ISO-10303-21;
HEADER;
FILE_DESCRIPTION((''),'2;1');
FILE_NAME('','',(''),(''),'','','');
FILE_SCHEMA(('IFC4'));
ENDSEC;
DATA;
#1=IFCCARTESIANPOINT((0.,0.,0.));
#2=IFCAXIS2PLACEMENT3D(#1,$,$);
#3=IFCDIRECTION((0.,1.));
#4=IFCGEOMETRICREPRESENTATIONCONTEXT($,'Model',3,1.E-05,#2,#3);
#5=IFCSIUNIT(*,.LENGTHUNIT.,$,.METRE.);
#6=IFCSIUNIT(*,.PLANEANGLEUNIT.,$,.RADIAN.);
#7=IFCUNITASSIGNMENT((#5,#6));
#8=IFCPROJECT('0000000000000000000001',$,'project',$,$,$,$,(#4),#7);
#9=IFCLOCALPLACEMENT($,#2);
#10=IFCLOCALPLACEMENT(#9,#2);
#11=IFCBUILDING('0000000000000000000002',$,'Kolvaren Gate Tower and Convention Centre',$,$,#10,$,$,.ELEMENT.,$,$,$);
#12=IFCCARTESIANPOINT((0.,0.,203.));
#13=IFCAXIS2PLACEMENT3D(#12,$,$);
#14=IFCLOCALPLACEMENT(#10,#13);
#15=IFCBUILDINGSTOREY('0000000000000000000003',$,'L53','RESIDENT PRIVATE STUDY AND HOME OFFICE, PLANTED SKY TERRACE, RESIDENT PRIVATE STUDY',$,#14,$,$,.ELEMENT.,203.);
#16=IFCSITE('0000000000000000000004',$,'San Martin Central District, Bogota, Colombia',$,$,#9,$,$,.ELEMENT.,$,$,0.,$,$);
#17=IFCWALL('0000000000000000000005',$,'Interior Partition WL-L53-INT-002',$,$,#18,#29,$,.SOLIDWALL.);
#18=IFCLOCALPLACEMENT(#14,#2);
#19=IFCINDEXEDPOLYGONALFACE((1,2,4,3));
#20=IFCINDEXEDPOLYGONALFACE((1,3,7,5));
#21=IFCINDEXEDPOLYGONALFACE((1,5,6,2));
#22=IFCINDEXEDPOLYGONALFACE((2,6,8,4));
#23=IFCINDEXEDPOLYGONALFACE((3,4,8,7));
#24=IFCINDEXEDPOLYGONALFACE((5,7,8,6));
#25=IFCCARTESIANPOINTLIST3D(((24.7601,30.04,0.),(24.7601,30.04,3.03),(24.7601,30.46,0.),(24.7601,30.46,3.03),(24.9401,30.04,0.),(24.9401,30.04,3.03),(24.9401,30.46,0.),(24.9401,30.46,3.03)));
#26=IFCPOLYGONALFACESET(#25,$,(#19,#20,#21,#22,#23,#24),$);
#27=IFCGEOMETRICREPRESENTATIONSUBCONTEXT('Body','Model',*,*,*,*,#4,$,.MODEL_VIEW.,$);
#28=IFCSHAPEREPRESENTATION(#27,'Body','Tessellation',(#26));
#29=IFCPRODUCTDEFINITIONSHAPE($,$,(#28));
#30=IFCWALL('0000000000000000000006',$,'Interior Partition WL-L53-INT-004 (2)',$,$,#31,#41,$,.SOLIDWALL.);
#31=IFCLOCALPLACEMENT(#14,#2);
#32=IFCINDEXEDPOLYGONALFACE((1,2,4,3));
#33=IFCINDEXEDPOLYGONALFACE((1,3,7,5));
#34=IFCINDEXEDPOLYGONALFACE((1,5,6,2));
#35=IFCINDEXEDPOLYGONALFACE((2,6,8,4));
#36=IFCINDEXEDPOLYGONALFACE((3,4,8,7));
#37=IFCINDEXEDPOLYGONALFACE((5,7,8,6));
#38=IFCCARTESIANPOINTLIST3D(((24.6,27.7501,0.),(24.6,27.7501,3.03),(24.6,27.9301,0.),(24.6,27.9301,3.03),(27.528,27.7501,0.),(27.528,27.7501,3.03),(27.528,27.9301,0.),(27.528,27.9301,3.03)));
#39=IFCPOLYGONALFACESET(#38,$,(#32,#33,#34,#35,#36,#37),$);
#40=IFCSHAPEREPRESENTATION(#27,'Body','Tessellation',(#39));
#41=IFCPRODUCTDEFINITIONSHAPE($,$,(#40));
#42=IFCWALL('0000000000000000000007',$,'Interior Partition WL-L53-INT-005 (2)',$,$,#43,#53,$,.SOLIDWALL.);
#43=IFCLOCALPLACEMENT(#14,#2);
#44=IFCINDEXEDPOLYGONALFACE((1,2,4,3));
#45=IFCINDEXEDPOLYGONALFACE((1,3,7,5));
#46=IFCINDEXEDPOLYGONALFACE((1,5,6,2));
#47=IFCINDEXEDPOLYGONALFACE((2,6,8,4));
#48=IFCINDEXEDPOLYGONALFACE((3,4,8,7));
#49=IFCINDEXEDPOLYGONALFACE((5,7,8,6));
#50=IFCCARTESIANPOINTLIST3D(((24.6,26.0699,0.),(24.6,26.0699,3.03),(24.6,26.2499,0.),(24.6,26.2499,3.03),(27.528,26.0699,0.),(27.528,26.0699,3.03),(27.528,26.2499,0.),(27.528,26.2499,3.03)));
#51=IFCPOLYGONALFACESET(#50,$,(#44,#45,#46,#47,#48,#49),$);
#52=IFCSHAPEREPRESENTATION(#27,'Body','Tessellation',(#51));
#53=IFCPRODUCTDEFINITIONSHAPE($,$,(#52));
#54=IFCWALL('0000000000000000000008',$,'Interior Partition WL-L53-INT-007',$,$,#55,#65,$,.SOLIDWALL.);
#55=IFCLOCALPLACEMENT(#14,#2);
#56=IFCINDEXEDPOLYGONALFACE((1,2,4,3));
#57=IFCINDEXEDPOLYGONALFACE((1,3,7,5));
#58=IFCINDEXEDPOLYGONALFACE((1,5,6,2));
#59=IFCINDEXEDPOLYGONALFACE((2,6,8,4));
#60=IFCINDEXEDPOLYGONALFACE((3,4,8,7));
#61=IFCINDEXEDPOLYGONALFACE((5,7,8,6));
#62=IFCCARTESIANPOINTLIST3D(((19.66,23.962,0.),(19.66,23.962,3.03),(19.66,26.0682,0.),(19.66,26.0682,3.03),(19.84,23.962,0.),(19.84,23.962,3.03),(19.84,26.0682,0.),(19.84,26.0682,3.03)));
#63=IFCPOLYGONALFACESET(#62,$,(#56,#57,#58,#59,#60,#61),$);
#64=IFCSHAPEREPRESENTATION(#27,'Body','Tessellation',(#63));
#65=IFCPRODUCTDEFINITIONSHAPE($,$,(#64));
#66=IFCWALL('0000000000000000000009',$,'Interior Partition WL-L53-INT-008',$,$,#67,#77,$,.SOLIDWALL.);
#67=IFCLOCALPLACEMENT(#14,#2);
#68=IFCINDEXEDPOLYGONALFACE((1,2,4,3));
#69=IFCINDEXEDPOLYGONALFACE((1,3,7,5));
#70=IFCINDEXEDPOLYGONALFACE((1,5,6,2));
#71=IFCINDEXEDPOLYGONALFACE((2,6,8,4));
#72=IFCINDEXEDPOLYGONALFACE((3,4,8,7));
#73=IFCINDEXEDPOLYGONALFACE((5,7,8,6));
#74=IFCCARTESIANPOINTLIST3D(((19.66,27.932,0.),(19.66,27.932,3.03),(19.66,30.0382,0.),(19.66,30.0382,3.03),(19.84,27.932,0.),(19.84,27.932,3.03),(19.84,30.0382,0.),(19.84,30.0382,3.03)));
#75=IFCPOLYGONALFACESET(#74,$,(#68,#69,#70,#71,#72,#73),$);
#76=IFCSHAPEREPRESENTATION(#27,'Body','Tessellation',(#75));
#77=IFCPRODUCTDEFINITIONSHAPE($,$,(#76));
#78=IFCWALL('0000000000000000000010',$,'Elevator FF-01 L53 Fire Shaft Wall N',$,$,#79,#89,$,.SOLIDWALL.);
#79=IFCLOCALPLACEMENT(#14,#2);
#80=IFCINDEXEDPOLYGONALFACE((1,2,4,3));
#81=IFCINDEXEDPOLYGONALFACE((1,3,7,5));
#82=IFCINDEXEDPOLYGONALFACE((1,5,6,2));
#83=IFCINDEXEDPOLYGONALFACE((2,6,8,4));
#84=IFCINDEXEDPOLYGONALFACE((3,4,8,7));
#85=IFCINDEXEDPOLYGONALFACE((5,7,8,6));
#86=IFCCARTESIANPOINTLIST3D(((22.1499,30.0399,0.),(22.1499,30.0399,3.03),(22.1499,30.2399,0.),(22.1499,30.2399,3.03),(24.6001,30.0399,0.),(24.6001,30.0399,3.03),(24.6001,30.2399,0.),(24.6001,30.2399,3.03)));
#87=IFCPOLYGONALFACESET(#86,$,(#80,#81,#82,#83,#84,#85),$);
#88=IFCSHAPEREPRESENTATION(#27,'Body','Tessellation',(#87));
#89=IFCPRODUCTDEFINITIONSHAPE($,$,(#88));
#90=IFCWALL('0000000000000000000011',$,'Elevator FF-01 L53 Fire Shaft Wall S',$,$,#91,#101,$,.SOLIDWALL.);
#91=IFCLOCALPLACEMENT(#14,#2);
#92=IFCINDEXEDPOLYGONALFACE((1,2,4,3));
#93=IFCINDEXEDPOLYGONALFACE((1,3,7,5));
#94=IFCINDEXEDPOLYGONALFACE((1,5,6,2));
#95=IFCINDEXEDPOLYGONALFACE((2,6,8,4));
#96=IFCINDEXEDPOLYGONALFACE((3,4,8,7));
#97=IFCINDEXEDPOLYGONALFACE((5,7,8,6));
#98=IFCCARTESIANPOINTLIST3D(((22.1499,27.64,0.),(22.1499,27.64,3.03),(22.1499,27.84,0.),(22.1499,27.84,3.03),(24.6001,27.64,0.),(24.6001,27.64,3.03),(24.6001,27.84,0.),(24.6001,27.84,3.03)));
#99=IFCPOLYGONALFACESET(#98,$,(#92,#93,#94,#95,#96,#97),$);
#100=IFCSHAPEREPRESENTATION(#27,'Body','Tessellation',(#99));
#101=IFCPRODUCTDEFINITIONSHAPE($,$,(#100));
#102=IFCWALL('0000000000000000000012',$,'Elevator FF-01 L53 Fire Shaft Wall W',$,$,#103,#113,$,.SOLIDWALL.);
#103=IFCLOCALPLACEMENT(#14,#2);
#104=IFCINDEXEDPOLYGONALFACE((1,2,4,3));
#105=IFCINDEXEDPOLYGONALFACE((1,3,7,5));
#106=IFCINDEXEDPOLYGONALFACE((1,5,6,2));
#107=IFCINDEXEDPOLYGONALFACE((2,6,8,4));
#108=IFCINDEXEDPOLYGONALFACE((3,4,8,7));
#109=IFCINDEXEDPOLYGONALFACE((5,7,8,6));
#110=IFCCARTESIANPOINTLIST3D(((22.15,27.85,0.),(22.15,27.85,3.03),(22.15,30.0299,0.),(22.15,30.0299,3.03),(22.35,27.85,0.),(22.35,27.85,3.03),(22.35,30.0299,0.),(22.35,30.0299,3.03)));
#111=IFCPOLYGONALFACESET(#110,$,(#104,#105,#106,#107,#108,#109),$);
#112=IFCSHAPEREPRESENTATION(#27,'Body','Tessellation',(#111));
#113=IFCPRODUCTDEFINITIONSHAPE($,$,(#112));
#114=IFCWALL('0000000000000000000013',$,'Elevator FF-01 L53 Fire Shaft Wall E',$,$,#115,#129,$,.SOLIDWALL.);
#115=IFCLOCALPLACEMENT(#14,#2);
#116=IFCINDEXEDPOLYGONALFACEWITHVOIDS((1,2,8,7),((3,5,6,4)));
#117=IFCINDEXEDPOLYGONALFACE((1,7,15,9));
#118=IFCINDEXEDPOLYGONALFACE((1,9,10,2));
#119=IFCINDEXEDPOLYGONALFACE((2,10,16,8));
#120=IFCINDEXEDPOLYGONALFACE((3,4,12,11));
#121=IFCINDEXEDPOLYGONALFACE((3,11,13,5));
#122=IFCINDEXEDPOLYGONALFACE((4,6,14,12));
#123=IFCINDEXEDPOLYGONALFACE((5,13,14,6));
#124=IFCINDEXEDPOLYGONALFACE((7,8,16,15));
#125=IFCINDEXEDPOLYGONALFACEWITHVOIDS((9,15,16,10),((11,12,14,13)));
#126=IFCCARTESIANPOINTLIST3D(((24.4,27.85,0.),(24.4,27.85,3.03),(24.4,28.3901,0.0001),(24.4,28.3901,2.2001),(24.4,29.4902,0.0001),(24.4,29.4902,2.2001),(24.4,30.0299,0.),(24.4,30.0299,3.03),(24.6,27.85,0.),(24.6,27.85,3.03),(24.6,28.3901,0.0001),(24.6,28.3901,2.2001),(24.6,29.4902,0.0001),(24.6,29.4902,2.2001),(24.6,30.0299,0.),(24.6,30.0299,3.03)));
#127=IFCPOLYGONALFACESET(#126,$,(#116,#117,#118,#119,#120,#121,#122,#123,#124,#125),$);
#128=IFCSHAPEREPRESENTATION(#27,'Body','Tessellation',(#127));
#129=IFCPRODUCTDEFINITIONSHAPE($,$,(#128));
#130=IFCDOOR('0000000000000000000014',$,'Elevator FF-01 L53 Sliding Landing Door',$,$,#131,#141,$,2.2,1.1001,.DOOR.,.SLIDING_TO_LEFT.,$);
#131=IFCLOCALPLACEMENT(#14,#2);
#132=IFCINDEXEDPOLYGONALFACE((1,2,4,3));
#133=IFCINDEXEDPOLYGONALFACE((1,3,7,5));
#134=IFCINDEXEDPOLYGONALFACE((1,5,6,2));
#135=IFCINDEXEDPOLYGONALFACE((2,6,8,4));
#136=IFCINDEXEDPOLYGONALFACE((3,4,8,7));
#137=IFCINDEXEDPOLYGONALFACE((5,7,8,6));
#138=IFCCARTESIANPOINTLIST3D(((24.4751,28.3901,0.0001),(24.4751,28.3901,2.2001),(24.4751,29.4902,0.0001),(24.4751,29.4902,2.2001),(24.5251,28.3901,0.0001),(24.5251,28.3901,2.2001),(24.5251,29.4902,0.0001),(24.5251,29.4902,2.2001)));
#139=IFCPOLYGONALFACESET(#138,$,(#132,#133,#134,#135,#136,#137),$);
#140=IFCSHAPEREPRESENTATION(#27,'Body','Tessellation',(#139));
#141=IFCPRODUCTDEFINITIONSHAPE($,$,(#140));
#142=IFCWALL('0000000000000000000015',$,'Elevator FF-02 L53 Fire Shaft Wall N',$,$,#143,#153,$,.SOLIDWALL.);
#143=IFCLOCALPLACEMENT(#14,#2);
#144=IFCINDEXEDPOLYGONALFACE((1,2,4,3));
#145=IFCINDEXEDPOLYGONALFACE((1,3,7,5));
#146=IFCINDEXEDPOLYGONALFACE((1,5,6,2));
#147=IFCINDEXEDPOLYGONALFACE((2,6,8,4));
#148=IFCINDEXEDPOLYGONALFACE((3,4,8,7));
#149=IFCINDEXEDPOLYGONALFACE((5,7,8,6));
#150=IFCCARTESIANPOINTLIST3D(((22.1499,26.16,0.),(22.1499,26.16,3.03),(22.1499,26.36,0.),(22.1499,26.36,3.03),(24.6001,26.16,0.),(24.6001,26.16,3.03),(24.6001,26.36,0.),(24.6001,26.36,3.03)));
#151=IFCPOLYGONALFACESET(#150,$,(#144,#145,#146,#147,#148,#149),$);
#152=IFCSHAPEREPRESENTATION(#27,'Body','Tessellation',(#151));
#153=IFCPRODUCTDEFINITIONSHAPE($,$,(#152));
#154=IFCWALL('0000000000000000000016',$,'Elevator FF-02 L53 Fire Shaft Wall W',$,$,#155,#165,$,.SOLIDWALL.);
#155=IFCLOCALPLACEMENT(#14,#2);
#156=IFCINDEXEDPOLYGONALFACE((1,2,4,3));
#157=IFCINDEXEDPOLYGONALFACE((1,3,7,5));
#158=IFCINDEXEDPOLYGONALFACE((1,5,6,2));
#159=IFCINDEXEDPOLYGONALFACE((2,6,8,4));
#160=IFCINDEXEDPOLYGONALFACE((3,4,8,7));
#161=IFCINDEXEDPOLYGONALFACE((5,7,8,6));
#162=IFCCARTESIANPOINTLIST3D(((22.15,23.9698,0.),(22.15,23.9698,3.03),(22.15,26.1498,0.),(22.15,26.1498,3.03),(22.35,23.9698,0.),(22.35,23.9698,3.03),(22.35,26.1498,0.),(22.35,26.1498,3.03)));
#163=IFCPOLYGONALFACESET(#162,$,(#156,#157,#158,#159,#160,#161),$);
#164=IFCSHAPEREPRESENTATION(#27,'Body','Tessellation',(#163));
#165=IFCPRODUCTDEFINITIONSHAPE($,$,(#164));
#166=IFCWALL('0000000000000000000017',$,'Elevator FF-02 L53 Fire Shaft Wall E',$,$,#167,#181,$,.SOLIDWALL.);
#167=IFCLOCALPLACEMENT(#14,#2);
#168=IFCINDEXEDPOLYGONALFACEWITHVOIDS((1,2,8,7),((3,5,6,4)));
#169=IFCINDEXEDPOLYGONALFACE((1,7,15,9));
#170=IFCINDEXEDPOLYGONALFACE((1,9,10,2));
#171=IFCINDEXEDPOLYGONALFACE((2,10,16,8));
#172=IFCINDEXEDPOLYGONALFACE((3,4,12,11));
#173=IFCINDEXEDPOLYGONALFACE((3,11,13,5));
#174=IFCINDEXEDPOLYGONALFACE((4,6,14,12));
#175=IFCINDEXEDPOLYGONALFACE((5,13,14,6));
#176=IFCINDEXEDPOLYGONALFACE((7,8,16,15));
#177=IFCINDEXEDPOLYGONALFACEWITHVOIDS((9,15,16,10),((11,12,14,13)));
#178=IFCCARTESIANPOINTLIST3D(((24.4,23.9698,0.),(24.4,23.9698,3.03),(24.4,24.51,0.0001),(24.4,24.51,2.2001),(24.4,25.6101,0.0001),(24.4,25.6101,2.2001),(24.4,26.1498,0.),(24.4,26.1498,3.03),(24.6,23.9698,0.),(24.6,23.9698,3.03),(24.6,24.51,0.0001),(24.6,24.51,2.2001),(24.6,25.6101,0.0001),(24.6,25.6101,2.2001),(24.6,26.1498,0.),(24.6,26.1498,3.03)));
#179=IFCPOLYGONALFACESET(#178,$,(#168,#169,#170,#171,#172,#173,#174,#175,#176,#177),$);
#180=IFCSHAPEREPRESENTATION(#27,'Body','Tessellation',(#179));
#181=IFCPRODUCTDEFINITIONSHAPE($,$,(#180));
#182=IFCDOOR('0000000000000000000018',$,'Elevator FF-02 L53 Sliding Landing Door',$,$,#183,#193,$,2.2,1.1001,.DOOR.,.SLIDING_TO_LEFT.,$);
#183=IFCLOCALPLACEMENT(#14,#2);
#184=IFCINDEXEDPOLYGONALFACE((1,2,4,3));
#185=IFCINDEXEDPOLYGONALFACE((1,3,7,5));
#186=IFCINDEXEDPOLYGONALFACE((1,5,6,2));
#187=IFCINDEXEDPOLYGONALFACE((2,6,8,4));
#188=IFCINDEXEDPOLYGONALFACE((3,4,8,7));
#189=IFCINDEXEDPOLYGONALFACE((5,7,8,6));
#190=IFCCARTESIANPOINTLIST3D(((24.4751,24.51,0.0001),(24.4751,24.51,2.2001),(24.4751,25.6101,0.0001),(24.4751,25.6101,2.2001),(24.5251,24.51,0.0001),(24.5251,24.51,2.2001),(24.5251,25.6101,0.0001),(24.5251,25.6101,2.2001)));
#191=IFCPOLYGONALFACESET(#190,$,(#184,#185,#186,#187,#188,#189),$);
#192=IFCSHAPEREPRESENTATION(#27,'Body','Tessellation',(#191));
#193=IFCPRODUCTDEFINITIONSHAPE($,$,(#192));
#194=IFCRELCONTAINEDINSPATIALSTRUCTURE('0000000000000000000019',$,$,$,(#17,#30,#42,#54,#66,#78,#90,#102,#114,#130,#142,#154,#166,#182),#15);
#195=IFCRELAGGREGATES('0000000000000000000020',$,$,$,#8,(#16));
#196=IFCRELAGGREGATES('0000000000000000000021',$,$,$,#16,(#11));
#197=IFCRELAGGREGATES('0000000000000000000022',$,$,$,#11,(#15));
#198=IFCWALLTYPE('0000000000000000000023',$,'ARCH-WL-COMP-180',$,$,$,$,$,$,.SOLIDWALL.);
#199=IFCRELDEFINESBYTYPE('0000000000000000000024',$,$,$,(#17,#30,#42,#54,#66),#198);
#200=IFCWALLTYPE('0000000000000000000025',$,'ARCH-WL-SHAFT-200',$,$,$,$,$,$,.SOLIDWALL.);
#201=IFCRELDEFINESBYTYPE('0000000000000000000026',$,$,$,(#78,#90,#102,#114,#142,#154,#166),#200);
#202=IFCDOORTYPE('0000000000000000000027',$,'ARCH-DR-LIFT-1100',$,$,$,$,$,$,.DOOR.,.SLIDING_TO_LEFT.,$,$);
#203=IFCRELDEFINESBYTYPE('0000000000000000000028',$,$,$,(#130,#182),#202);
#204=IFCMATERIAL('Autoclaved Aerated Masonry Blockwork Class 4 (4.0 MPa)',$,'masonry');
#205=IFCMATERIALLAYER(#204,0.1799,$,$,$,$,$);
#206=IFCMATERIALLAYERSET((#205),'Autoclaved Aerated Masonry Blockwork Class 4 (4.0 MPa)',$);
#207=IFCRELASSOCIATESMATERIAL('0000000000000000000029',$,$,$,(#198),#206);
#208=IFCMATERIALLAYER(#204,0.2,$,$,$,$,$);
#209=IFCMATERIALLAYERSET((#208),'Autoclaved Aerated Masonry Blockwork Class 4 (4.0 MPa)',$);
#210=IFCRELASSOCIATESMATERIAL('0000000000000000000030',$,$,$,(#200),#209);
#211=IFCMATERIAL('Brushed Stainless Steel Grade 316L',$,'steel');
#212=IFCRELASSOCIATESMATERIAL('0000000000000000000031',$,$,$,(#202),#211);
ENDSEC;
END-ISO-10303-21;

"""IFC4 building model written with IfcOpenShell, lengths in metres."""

from ifc_helpers import new_model, si_unit, direction, frame, frame_2d, origin, place, context, subcontext, project, spatial, rectangle, extrude, material, layer, layer_set, type_object, element, fill, save


model = new_model("IFC4")

# Units and contexts
model_context = context("Model", 3, precision=1e-05, world=origin(), true_north=direction((0.0, 1.0)))
body_context = subcontext(model_context, "Body", "Model", "MODEL_VIEW")
ifc_project = project(units=[si_unit("LENGTHUNIT", "METRE"), si_unit("PLANEANGLEUNIT", "RADIAN")], contexts=[model_context])

# Site, building, storey
site_placement = place(None, origin())
site = spatial("IfcSite", under=ifc_project, at=site_placement, Name="San Martin Central District, Bogota, Colombia", CompositionType="ELEMENT", RefElevation=0.0)
building_placement = place(site_placement, origin())
building = spatial("IfcBuilding", under=site, at=building_placement, Name="Kolvaren Gate Tower and Convention Centre", CompositionType="ELEMENT")
storey_placement = place(building_placement, frame((0.0, 0.0, 203.0)))
storey = spatial("IfcBuildingStorey", under=building, at=storey_placement, Name="L53", Description="RESIDENT PRIVATE STUDY AND HOME OFFICE, PLANTED SKY TERRACE, RESIDENT PRIVATE STUDY", CompositionType="ELEMENT", Elevation=203.0)

# Walls
ifc_material_1 = material(Name="Autoclaved Aerated Masonry Blockwork Class 4 (4.0 MPa)", Category="masonry")
ifc_layer_1 = layer(ifc_material_1, 0.1799)
ifc_layer_set_1 = layer_set([ifc_layer_1], Name="Autoclaved Aerated Masonry Blockwork Class 4 (4.0 MPa)")
wall_type_1 = type_object("IfcWallType", Name="ARCH-WL-COMP-180", PredefinedType="SOLIDWALL", material=ifc_layer_set_1)
wall_1_placement = place(storey_placement, frame((24.8501, 30.04, 0.0), z_axis=(0.0, 0.0, 1.0), x_axis=(0.0, 1.0, 0.0)))
element("IfcWall", 1, at=wall_1_placement, inside=storey, type_object=wall_type_1, Name="Interior Partition WL-L53-INT-002", PredefinedType="SOLIDWALL", context=body_context, shape_type="SweptSolid", body=[
    extrude(rectangle(XDim=0.4199, YDim=0.1799, at=frame_2d((0.21, 0.0))), origin(), (0.0, 0.0, 1.0), 3.03),
])
for number, where, z_axis, x_axis, name in (
    (2, (24.6001, 27.8401, 0.0), (0.0, 0.0, 1.0), (1.0, 0.0, 0.0), "Interior Partition WL-L53-INT-004 (2)"),
    (3, (24.6001, 26.1599, 0.0), (0.0, 0.0, 1.0), (1.0, 0.0, 0.0), "Interior Partition WL-L53-INT-005 (2)"),
):
    element("IfcWall", number, at=place(storey_placement, frame(where, z_axis=z_axis, x_axis=x_axis)), inside=storey, type_object=wall_type_1, Name=name, PredefinedType="SOLIDWALL", context=body_context, shape_type="SweptSolid", body=[
        extrude(rectangle(XDim=2.928, YDim=0.1799, at=frame_2d((1.4639, 0.0))), origin(), (0.0, 0.0, 1.0), 3.03),
    ])
for number, where, z_axis, x_axis, name in (
    (4, (19.75, 23.9619, 0.0), (0.0, 0.0, 1.0), (0.0, 1.0, 0.0), "Interior Partition WL-L53-INT-007"),
    (5, (19.75, 27.9319, 0.0), (0.0, 0.0, 1.0), (0.0, 1.0, 0.0), "Interior Partition WL-L53-INT-008"),
):
    element("IfcWall", number, at=place(storey_placement, frame(where, z_axis=z_axis, x_axis=x_axis)), inside=storey, type_object=wall_type_1, Name=name, PredefinedType="SOLIDWALL", context=body_context, shape_type="SweptSolid", body=[
        extrude(rectangle(XDim=2.1062, YDim=0.1799, at=frame_2d((1.0532, 0.0))), origin(), (0.0, 0.0, 1.0), 3.03),
    ])
ifc_layer_2 = layer(ifc_material_1, 0.2)
ifc_layer_set_2 = layer_set([ifc_layer_2], Name="Autoclaved Aerated Masonry Blockwork Class 4 (4.0 MPa)")
wall_type_2 = type_object("IfcWallType", Name="ARCH-WL-SHAFT-200", PredefinedType="SOLIDWALL", material=ifc_layer_set_2)
for number, where, z_axis, x_axis, name in (
    (6, (22.1499, 30.1399, 0.0), (0.0, 0.0, 1.0), (1.0, 0.0, 0.0), "Elevator FF-01 L53 Fire Shaft Wall N"),
    (7, (22.1499, 27.74, 0.0), (0.0, 0.0, 1.0), (1.0, 0.0, 0.0), "Elevator FF-01 L53 Fire Shaft Wall S"),
):
    element("IfcWall", number, at=place(storey_placement, frame(where, z_axis=z_axis, x_axis=x_axis)), inside=storey, type_object=wall_type_2, Name=name, PredefinedType="SOLIDWALL", context=body_context, shape_type="SweptSolid", body=[
        extrude(rectangle(XDim=2.4502, YDim=0.2, at=frame_2d((1.2251, 0.0))), origin(), (0.0, 0.0, 1.0), 3.03),
    ])
wall_2_placement = place(storey_placement, frame((22.25, 27.8501, 0.0), z_axis=(0.0, 0.0, 1.0), x_axis=(0.0, 1.0, 0.0)))
element("IfcWall", 8, at=wall_2_placement, inside=storey, type_object=wall_type_2, Name="Elevator FF-01 L53 Fire Shaft Wall W", PredefinedType="SOLIDWALL", context=body_context, shape_type="SweptSolid", body=[
    extrude(rectangle(XDim=2.1799, YDim=0.2, at=frame_2d((1.0898, 0.0))), origin(), (0.0, 0.0, 1.0), 3.03),
])

# Wall, opening, door
wall_3_placement = place(storey_placement, frame((24.5, 27.8501, 0.0), z_axis=(0.0, 0.0, 1.0), x_axis=(0.0, 1.0, 0.0)))
wall_3 = element("IfcWall", 9, at=wall_3_placement, inside=storey, type_object=wall_type_2, Name="Elevator FF-01 L53 Fire Shaft Wall E", PredefinedType="SOLIDWALL", context=body_context, shape_type="SweptSolid", body=[
    extrude(rectangle(XDim=2.1799, YDim=0.2, at=frame_2d((1.0898, 0.0))), origin(), (0.0, 0.0, 1.0), 3.03),
])
opening_1_placement = place(wall_3_placement, frame((0.54, 0.0, 0.0)))
opening_1 = element("IfcOpeningElement", 10, at=opening_1_placement, cuts=wall_3, PredefinedType="OPENING", context=body_context, shape_type="SweptSolid", body=[
    extrude(rectangle(XDim=1.1001, YDim=2.2, at=frame_2d((0.55, 1.1001))), frame((0.0, 0.1099, 0.0), z_axis=(0.0, -1.0, 0.0), x_axis=(1.0, 0.0, 0.0)), (0.0, 0.0, 1.0), 0.22),
])
ifc_material_2 = material(Name="Brushed Stainless Steel Grade 316L", Category="steel")
door_type_1 = type_object("IfcDoorType", Name="ARCH-DR-LIFT-1100", OperationType="SLIDING_TO_LEFT", PredefinedType="DOOR", material=ifc_material_2)
door_1_placement = place(opening_1_placement, origin())
door_1 = element("IfcDoor", 11, at=door_1_placement, inside=storey, type_object=door_type_1, Name="Elevator FF-01 L53 Sliding Landing Door", OperationType="SLIDING_TO_LEFT", OverallHeight=2.2, OverallWidth=1.1001, PredefinedType="DOOR", context=body_context, shape_type="SweptSolid", body=[
    extrude(rectangle(XDim=1.1001, YDim=2.2, at=frame_2d((0.55, 1.1001))), frame((0.0, 0.0249, 0.0), z_axis=(0.0, -1.0, 0.0), x_axis=(1.0, 0.0, 0.0)), (0.0, 0.0, 1.0), 0.05),
])
fill(opening_1, door_1)

# Walls
wall_4_placement = place(storey_placement, frame((22.1499, 26.26, 0.0), z_axis=(0.0, 0.0, 1.0), x_axis=(1.0, 0.0, 0.0)))
element("IfcWall", 12, at=wall_4_placement, inside=storey, type_object=wall_type_2, Name="Elevator FF-02 L53 Fire Shaft Wall N", PredefinedType="SOLIDWALL", context=body_context, shape_type="SweptSolid", body=[
    extrude(rectangle(XDim=2.4502, YDim=0.2, at=frame_2d((1.2251, 0.0))), origin(), (0.0, 0.0, 1.0), 3.03),
])
wall_5_placement = place(storey_placement, frame((22.25, 23.97, 0.0), z_axis=(0.0, 0.0, 1.0), x_axis=(0.0, 1.0, 0.0)))
element("IfcWall", 13, at=wall_5_placement, inside=storey, type_object=wall_type_2, Name="Elevator FF-02 L53 Fire Shaft Wall W", PredefinedType="SOLIDWALL", context=body_context, shape_type="SweptSolid", body=[
    extrude(rectangle(XDim=2.1799, YDim=0.2, at=frame_2d((1.0898, 0.0))), origin(), (0.0, 0.0, 1.0), 3.03),
])

# Wall, opening, door
wall_6_placement = place(storey_placement, frame((24.5, 23.97, 0.0), z_axis=(0.0, 0.0, 1.0), x_axis=(0.0, 1.0, 0.0)))
wall_6 = element("IfcWall", 14, at=wall_6_placement, inside=storey, type_object=wall_type_2, Name="Elevator FF-02 L53 Fire Shaft Wall E", PredefinedType="SOLIDWALL", context=body_context, shape_type="SweptSolid", body=[
    extrude(rectangle(XDim=2.1799, YDim=0.2, at=frame_2d((1.0898, 0.0))), origin(), (0.0, 0.0, 1.0), 3.03),
])
opening_2_placement = place(wall_6_placement, frame((0.54, 0.0, 0.0)))
opening_2 = element("IfcOpeningElement", 15, at=opening_2_placement, cuts=wall_6, PredefinedType="OPENING", context=body_context, shape_type="SweptSolid", body=[
    extrude(rectangle(XDim=1.1001, YDim=2.2, at=frame_2d((0.55, 1.1001))), frame((0.0, 0.1099, 0.0), z_axis=(0.0, -1.0, 0.0), x_axis=(1.0, 0.0, 0.0)), (0.0, 0.0, 1.0), 0.22),
])
door_2_placement = place(opening_2_placement, origin())
door_2 = element("IfcDoor", 16, at=door_2_placement, inside=storey, type_object=door_type_1, Name="Elevator FF-02 L53 Sliding Landing Door", OperationType="SLIDING_TO_LEFT", OverallHeight=2.2, OverallWidth=1.1001, PredefinedType="DOOR", context=body_context, shape_type="SweptSolid", body=[
    extrude(rectangle(XDim=1.1001, YDim=2.2, at=frame_2d((0.55, 1.1001))), frame((0.0, 0.0249, 0.0), z_axis=(0.0, -1.0, 0.0), x_axis=(1.0, 0.0, 0.0)), (0.0, 0.0, 1.0), 0.05),
])
fill(opening_2, door_2)

save(model, "model.ifc")
